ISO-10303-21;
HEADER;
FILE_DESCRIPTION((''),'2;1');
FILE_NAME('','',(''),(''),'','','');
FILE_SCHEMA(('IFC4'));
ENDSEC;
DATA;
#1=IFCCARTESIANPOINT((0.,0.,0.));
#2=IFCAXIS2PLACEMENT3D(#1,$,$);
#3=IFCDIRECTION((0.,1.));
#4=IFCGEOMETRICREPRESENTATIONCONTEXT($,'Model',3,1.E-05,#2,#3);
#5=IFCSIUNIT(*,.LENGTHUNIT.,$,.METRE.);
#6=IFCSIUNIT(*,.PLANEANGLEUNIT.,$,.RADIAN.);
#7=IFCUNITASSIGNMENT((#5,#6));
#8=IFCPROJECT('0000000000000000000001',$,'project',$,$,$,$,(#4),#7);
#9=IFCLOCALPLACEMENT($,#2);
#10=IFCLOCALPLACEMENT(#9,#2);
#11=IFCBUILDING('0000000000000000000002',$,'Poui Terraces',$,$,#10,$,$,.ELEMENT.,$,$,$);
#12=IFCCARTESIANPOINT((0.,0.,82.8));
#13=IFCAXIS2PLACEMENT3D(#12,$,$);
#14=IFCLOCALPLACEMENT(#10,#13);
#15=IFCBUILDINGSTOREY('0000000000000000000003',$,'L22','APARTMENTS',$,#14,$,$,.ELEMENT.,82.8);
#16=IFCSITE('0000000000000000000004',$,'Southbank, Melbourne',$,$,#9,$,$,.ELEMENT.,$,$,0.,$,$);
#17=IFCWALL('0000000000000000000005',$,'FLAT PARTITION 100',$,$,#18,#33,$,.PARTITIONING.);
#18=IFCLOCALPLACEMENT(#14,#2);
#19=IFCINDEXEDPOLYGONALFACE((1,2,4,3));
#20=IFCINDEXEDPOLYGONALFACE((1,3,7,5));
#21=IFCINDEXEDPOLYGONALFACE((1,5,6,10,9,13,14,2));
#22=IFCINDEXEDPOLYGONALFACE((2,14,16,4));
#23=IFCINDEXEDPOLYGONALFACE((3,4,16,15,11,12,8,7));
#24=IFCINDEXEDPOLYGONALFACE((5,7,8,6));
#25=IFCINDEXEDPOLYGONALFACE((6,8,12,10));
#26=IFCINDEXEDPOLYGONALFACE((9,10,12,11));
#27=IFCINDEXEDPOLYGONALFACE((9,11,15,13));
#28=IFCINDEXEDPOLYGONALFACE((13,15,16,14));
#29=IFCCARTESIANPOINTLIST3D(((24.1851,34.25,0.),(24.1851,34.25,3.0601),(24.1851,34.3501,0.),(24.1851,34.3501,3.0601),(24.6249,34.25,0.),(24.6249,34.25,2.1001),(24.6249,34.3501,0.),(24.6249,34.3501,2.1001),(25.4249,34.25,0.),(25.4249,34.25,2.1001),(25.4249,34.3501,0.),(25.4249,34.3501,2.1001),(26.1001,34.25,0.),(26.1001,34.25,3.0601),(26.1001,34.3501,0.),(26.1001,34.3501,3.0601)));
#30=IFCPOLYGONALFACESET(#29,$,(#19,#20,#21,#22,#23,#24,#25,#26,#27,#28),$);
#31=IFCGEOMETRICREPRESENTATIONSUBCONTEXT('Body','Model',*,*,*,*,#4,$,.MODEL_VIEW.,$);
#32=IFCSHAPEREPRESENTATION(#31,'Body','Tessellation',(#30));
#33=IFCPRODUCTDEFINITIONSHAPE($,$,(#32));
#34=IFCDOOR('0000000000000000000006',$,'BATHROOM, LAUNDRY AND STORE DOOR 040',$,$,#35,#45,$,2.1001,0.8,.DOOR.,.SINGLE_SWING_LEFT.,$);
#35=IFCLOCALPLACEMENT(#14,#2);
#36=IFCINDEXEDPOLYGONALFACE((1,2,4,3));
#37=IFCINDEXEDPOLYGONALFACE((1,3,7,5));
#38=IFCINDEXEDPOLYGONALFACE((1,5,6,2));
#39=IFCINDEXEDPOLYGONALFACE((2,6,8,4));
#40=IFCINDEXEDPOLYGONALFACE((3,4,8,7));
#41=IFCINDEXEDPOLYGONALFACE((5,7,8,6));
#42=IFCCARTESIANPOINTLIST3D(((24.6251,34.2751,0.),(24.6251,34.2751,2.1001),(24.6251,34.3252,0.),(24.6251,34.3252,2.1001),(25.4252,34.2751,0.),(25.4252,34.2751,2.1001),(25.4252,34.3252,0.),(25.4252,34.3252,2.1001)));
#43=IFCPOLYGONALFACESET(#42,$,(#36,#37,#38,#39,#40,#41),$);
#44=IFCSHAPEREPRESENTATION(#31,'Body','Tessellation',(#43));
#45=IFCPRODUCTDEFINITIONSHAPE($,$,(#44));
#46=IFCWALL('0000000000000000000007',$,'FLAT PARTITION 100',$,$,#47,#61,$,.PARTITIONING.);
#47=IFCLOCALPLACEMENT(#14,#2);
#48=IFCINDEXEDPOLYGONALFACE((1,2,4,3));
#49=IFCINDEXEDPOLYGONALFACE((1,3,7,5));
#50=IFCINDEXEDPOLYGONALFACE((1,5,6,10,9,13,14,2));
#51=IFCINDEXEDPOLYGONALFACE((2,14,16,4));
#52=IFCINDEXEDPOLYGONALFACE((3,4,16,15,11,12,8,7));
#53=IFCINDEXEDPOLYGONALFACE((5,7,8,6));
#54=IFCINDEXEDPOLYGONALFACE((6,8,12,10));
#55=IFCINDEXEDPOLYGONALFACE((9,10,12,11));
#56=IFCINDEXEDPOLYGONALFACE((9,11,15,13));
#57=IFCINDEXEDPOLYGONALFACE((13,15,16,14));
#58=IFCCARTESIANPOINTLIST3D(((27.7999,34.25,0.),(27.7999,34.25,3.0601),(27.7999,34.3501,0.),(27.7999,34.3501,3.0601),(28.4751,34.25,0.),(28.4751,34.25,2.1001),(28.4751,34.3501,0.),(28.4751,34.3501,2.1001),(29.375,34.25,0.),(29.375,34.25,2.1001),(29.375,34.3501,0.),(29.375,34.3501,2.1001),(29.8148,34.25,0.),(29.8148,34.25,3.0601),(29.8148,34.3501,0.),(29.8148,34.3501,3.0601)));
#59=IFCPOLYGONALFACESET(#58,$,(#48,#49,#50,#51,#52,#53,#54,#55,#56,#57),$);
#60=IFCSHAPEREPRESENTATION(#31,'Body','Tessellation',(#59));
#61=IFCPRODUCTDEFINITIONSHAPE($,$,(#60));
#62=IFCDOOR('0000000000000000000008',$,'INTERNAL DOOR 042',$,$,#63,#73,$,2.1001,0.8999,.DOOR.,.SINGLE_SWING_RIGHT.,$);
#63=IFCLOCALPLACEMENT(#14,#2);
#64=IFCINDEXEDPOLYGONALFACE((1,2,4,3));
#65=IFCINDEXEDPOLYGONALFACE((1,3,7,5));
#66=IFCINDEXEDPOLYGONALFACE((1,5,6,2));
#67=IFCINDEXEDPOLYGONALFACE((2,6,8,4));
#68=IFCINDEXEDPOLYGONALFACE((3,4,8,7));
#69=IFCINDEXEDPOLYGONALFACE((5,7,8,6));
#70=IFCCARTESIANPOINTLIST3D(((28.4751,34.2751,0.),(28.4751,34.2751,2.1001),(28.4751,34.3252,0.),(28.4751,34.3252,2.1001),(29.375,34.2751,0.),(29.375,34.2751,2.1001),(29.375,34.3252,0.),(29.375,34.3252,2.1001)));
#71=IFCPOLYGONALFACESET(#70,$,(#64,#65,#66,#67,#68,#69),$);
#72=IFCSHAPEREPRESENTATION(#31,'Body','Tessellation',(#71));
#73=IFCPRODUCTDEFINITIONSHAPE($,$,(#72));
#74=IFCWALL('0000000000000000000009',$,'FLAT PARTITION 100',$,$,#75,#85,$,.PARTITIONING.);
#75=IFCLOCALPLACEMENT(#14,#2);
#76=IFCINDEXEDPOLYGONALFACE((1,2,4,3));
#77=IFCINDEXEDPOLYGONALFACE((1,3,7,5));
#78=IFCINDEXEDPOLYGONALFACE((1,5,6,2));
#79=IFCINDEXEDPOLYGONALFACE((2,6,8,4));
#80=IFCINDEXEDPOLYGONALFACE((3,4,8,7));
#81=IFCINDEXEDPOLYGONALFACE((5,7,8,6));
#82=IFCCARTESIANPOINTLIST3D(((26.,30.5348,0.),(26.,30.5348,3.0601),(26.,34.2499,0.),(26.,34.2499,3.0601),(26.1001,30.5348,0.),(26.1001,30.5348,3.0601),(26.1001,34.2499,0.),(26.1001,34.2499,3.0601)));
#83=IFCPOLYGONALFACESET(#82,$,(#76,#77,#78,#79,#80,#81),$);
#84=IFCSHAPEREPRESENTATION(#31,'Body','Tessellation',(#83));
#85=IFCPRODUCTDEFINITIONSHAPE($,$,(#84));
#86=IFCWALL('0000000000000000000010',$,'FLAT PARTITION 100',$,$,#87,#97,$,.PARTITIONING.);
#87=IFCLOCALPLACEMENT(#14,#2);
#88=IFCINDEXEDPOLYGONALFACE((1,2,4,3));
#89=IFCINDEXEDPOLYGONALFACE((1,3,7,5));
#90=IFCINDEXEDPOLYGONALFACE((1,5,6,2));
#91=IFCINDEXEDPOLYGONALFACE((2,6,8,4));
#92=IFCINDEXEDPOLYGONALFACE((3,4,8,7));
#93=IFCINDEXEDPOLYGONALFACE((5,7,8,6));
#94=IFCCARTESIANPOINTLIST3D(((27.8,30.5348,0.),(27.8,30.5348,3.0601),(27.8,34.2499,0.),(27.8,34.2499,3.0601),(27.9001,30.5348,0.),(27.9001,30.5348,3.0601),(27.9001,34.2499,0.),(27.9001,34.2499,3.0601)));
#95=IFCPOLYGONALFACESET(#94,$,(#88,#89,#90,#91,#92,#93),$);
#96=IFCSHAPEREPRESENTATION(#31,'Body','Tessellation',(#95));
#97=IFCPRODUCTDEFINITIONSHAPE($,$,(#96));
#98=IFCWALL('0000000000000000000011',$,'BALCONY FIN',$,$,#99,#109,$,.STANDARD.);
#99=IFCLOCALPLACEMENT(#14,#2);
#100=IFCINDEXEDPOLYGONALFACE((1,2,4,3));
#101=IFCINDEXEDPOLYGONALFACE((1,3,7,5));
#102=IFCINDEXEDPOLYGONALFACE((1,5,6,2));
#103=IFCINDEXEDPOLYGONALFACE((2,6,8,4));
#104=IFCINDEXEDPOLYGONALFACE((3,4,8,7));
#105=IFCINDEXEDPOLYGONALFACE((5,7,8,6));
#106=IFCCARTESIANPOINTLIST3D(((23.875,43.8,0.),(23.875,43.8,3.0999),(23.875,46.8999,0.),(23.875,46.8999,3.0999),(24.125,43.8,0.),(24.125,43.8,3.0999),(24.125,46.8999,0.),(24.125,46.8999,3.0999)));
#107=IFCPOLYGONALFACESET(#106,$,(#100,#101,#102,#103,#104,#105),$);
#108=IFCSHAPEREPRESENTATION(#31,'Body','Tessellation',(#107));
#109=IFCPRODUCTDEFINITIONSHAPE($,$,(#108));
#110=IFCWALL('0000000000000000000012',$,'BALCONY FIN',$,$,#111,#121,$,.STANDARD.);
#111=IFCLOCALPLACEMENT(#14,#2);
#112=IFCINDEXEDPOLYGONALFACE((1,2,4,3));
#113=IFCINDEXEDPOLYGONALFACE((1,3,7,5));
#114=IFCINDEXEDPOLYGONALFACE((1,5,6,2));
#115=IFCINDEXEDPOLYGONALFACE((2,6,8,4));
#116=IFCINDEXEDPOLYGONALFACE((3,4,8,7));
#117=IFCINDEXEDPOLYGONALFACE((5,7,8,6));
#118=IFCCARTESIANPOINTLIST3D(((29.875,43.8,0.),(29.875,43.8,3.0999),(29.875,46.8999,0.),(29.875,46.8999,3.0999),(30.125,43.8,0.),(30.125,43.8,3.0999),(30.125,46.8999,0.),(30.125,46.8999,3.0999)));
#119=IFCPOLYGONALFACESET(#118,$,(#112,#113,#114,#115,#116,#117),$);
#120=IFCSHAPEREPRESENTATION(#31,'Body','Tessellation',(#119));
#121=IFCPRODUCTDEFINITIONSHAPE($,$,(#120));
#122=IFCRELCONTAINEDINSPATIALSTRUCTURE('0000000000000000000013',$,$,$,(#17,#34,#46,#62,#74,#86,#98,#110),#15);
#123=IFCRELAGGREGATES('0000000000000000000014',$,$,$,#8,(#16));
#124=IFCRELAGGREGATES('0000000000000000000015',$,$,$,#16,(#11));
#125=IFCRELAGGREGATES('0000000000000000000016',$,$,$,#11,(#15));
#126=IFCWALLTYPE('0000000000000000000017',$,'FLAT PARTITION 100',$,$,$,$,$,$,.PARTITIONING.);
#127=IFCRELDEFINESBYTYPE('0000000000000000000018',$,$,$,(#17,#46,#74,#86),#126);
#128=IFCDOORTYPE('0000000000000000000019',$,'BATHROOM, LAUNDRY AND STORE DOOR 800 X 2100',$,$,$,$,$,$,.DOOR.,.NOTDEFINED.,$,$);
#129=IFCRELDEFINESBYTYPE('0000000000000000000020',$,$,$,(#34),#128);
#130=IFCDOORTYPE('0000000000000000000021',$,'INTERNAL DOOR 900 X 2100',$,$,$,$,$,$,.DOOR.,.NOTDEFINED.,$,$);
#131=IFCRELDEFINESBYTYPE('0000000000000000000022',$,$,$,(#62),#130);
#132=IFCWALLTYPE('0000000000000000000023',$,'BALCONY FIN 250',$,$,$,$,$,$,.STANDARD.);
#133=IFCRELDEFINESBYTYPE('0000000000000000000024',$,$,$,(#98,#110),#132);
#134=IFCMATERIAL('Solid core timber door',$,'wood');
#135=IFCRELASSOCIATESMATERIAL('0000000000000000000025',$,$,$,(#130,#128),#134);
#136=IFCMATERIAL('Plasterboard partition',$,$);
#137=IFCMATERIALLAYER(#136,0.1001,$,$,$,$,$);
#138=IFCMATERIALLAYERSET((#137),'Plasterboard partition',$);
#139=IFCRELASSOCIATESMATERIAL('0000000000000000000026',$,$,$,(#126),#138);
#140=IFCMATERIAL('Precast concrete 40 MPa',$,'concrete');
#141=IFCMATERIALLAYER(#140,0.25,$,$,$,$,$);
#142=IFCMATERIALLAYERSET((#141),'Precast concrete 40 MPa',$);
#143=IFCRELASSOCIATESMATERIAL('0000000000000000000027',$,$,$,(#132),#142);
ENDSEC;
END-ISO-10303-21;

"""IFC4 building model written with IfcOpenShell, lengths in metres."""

from ifc_helpers import new_model, si_unit, direction, frame, frame_2d, origin, place, context, subcontext, project, spatial, polyline, rectangle, outline, extrude, source, transform, mapped, material, layer, layer_set, type_object, element, fill, save


model = new_model("IFC4")

# Units and contexts
model_context = context("Model", 3, precision=1e-05, world=origin(), true_north=direction((0.0, 1.0)))
body_context = subcontext(model_context, "Body", "Model", "MODEL_VIEW")
ifc_project = project(units=[si_unit("LENGTHUNIT", "METRE"), si_unit("PLANEANGLEUNIT", "RADIAN")], contexts=[model_context])

# Site, building, storey
site_placement = place(None, origin())
site = spatial("IfcSite", under=ifc_project, at=site_placement, Name="Southbank, Melbourne", CompositionType="ELEMENT", RefElevation=0.0)
building_placement = place(site_placement, origin())
building = spatial("IfcBuilding", under=site, at=building_placement, Name="Poui Terraces", CompositionType="ELEMENT")
storey_placement = place(building_placement, frame((0.0, 0.0, 82.8)))
storey = spatial("IfcBuildingStorey", under=building, at=storey_placement, Name="L22", Description="APARTMENTS", CompositionType="ELEMENT", Elevation=82.8)

# Walls, openings, doors
ifc_material_1 = material(Name="Solid core timber door", Category="wood")
door_type_1 = type_object("IfcDoorType", Name="INTERNAL DOOR 900 X 2100", OperationType="NOTDEFINED", PredefinedType="DOOR", material=ifc_material_1)
ifc_material_2 = material(Name="Plasterboard partition")
ifc_layer_1 = layer(ifc_material_2, 0.1001)
ifc_layer_set_1 = layer_set([ifc_layer_1], Name="Plasterboard partition")
wall_type_1 = type_object("IfcWallType", Name="FLAT PARTITION 100", PredefinedType="PARTITIONING", material=ifc_layer_set_1)
door_type_2 = type_object("IfcDoorType", Name="BATHROOM, LAUNDRY AND STORE DOOR 800 X 2100", OperationType="NOTDEFINED", PredefinedType="DOOR", material=ifc_material_1)
wall_1_placement = place(storey_placement, frame((24.1851, 34.3, 0.0), z_axis=(0.0, 0.0, 1.0), x_axis=(1.0, 0.0, 0.0)))
wall_1 = element("IfcWall", 1, at=wall_1_placement, inside=storey, type_object=wall_type_1, Name="FLAT PARTITION 100", PredefinedType="PARTITIONING", context=body_context, shape_type="SweptSolid", body=[
    extrude(rectangle(XDim=1.915, YDim=0.1001, at=frame_2d((0.9575, 0.0))), origin(), (0.0, 0.0, 1.0), 3.0601),
])
opening_1_placement = place(wall_1_placement, frame((0.4399, 0.0, 0.0)))
opening_1 = element("IfcOpeningElement", 2, at=opening_1_placement, cuts=wall_1, PredefinedType="OPENING", context=body_context, shape_type="SweptSolid", body=[
    extrude(rectangle(XDim=0.8, YDim=2.1001, at=frame_2d((0.3999, 1.05))), frame((0.0, 0.0601, 0.0), z_axis=(0.0, -1.0, 0.0), x_axis=(1.0, 0.0, 0.0)), (0.0, 0.0, 1.0), 0.1201),
])
door_1_placement = place(opening_1_placement, frame((0.8, 0.0, 0.0), z_axis=(0.0, 0.0, 1.0), x_axis=(-1.0, 0.0, 0.0)))
door_1 = element("IfcDoor", 3, at=door_1_placement, inside=storey, type_object=door_type_2, Name="BATHROOM, LAUNDRY AND STORE DOOR 040", OperationType="SINGLE_SWING_LEFT", OverallHeight=2.1001, OverallWidth=0.8, PredefinedType="DOOR", context=body_context, shape_type="SweptSolid", body=[
    extrude(rectangle(XDim=0.8, YDim=2.1001, at=frame_2d((0.3999, 1.05))), frame((0.0, 0.0249, 0.0), z_axis=(0.0, -1.0, 0.0), x_axis=(1.0, 0.0, 0.0)), (0.0, 0.0, 1.0), 0.05),
])
fill(opening_1, door_1)
wall_2_placement = place(storey_placement, frame((27.8, 34.3, 0.0), z_axis=(0.0, 0.0, 1.0), x_axis=(1.0, 0.0, 0.0)))
wall_2 = element("IfcWall", 4, at=wall_2_placement, inside=storey, type_object=wall_type_1, Name="FLAT PARTITION 100", PredefinedType="PARTITIONING", context=body_context, shape_type="SweptSolid", body=[
    extrude(rectangle(XDim=2.0149, YDim=0.1001, at=frame_2d((1.0073, 0.0))), origin(), (0.0, 0.0, 1.0), 3.0601),
])
opening_2_placement = place(wall_2_placement, frame((0.675, 0.0, 0.0)))
opening_2 = element("IfcOpeningElement", 5, at=opening_2_placement, cuts=wall_2, PredefinedType="OPENING", context=body_context, shape_type="SweptSolid", body=[
    extrude(rectangle(XDim=0.8999, YDim=2.1001, at=frame_2d((0.45, 1.05))), frame((0.0, 0.0601, 0.0), z_axis=(0.0, -1.0, 0.0), x_axis=(1.0, 0.0, 0.0)), (0.0, 0.0, 1.0), 0.1201),
])
door_2_placement = place(opening_2_placement, frame((0.8999, 0.0, 0.0), z_axis=(0.0, 0.0, 1.0), x_axis=(-1.0, 0.0, 0.0)))
door_2 = element("IfcDoor", 6, at=door_2_placement, inside=storey, type_object=door_type_1, Name="INTERNAL DOOR 042", OperationType="SINGLE_SWING_RIGHT", OverallHeight=2.1001, OverallWidth=0.8999, PredefinedType="DOOR", context=body_context, shape_type="SweptSolid", body=[
    extrude(rectangle(XDim=0.8999, YDim=2.1001, at=frame_2d((0.45, 1.05))), frame((0.0, 0.0249, 0.0), z_axis=(0.0, -1.0, 0.0), x_axis=(1.0, 0.0, 0.0)), (0.0, 0.0, 1.0), 0.05),
])
fill(opening_2, door_2)

# Walls
for number, where, z_axis, x_axis, name in (
    (7, (26.05, 30.5349, 0.0), (0.0, 0.0, 1.0), (0.0, 1.0, 0.0), "FLAT PARTITION 100"),
    (8, (27.8501, 30.5349, 0.0), (0.0, 0.0, 1.0), (0.0, 1.0, 0.0), "FLAT PARTITION 100"),
):
    element("IfcWall", number, at=place(storey_placement, frame(where, z_axis=z_axis, x_axis=x_axis)), inside=storey, type_object=wall_type_1, Name=name, PredefinedType="PARTITIONING", context=body_context, shape_type="SweptSolid", body=[
        extrude(rectangle(XDim=3.7151, YDim=0.1001, at=frame_2d((1.8574, 0.0))), origin(), (0.0, 0.0, 1.0), 3.0601),
    ])
ifc_material_3 = material(Name="Precast concrete 40 MPa", Category="concrete")
ifc_layer_2 = layer(ifc_material_3, 0.25)
ifc_layer_set_2 = layer_set([ifc_layer_2], Name="Precast concrete 40 MPa")
wall_type_2 = type_object("IfcWallType", Name="BALCONY FIN 250", PredefinedType="STANDARD", material=ifc_layer_set_2)
shared_shape_1 = source(origin(), body_context, "Body", "SweptSolid", [
    extrude(outline(polyline([(0.0, 0.0), (0.25, 0.0), (0.25, 3.0999), (0.0, 3.0999), (0.0, 0.0)])), origin(), (0.0, 0.0, 1.0), 3.0999),
])
for number, where, name in (
    (9, (23.875, 43.8, 0.0), "BALCONY FIN"),
    (10, (29.875, 43.8, 0.0), "BALCONY FIN"),
):
    element("IfcWall", number, at=place(storey_placement, frame(where)), inside=storey, type_object=wall_type_2, Name=name, PredefinedType="STANDARD", context=body_context, shape_type="MappedRepresentation", body=[
        mapped(shared_shape_1, transform((0.0, 0.0, 0.0))),
    ])

save(model, "model.ifc")
